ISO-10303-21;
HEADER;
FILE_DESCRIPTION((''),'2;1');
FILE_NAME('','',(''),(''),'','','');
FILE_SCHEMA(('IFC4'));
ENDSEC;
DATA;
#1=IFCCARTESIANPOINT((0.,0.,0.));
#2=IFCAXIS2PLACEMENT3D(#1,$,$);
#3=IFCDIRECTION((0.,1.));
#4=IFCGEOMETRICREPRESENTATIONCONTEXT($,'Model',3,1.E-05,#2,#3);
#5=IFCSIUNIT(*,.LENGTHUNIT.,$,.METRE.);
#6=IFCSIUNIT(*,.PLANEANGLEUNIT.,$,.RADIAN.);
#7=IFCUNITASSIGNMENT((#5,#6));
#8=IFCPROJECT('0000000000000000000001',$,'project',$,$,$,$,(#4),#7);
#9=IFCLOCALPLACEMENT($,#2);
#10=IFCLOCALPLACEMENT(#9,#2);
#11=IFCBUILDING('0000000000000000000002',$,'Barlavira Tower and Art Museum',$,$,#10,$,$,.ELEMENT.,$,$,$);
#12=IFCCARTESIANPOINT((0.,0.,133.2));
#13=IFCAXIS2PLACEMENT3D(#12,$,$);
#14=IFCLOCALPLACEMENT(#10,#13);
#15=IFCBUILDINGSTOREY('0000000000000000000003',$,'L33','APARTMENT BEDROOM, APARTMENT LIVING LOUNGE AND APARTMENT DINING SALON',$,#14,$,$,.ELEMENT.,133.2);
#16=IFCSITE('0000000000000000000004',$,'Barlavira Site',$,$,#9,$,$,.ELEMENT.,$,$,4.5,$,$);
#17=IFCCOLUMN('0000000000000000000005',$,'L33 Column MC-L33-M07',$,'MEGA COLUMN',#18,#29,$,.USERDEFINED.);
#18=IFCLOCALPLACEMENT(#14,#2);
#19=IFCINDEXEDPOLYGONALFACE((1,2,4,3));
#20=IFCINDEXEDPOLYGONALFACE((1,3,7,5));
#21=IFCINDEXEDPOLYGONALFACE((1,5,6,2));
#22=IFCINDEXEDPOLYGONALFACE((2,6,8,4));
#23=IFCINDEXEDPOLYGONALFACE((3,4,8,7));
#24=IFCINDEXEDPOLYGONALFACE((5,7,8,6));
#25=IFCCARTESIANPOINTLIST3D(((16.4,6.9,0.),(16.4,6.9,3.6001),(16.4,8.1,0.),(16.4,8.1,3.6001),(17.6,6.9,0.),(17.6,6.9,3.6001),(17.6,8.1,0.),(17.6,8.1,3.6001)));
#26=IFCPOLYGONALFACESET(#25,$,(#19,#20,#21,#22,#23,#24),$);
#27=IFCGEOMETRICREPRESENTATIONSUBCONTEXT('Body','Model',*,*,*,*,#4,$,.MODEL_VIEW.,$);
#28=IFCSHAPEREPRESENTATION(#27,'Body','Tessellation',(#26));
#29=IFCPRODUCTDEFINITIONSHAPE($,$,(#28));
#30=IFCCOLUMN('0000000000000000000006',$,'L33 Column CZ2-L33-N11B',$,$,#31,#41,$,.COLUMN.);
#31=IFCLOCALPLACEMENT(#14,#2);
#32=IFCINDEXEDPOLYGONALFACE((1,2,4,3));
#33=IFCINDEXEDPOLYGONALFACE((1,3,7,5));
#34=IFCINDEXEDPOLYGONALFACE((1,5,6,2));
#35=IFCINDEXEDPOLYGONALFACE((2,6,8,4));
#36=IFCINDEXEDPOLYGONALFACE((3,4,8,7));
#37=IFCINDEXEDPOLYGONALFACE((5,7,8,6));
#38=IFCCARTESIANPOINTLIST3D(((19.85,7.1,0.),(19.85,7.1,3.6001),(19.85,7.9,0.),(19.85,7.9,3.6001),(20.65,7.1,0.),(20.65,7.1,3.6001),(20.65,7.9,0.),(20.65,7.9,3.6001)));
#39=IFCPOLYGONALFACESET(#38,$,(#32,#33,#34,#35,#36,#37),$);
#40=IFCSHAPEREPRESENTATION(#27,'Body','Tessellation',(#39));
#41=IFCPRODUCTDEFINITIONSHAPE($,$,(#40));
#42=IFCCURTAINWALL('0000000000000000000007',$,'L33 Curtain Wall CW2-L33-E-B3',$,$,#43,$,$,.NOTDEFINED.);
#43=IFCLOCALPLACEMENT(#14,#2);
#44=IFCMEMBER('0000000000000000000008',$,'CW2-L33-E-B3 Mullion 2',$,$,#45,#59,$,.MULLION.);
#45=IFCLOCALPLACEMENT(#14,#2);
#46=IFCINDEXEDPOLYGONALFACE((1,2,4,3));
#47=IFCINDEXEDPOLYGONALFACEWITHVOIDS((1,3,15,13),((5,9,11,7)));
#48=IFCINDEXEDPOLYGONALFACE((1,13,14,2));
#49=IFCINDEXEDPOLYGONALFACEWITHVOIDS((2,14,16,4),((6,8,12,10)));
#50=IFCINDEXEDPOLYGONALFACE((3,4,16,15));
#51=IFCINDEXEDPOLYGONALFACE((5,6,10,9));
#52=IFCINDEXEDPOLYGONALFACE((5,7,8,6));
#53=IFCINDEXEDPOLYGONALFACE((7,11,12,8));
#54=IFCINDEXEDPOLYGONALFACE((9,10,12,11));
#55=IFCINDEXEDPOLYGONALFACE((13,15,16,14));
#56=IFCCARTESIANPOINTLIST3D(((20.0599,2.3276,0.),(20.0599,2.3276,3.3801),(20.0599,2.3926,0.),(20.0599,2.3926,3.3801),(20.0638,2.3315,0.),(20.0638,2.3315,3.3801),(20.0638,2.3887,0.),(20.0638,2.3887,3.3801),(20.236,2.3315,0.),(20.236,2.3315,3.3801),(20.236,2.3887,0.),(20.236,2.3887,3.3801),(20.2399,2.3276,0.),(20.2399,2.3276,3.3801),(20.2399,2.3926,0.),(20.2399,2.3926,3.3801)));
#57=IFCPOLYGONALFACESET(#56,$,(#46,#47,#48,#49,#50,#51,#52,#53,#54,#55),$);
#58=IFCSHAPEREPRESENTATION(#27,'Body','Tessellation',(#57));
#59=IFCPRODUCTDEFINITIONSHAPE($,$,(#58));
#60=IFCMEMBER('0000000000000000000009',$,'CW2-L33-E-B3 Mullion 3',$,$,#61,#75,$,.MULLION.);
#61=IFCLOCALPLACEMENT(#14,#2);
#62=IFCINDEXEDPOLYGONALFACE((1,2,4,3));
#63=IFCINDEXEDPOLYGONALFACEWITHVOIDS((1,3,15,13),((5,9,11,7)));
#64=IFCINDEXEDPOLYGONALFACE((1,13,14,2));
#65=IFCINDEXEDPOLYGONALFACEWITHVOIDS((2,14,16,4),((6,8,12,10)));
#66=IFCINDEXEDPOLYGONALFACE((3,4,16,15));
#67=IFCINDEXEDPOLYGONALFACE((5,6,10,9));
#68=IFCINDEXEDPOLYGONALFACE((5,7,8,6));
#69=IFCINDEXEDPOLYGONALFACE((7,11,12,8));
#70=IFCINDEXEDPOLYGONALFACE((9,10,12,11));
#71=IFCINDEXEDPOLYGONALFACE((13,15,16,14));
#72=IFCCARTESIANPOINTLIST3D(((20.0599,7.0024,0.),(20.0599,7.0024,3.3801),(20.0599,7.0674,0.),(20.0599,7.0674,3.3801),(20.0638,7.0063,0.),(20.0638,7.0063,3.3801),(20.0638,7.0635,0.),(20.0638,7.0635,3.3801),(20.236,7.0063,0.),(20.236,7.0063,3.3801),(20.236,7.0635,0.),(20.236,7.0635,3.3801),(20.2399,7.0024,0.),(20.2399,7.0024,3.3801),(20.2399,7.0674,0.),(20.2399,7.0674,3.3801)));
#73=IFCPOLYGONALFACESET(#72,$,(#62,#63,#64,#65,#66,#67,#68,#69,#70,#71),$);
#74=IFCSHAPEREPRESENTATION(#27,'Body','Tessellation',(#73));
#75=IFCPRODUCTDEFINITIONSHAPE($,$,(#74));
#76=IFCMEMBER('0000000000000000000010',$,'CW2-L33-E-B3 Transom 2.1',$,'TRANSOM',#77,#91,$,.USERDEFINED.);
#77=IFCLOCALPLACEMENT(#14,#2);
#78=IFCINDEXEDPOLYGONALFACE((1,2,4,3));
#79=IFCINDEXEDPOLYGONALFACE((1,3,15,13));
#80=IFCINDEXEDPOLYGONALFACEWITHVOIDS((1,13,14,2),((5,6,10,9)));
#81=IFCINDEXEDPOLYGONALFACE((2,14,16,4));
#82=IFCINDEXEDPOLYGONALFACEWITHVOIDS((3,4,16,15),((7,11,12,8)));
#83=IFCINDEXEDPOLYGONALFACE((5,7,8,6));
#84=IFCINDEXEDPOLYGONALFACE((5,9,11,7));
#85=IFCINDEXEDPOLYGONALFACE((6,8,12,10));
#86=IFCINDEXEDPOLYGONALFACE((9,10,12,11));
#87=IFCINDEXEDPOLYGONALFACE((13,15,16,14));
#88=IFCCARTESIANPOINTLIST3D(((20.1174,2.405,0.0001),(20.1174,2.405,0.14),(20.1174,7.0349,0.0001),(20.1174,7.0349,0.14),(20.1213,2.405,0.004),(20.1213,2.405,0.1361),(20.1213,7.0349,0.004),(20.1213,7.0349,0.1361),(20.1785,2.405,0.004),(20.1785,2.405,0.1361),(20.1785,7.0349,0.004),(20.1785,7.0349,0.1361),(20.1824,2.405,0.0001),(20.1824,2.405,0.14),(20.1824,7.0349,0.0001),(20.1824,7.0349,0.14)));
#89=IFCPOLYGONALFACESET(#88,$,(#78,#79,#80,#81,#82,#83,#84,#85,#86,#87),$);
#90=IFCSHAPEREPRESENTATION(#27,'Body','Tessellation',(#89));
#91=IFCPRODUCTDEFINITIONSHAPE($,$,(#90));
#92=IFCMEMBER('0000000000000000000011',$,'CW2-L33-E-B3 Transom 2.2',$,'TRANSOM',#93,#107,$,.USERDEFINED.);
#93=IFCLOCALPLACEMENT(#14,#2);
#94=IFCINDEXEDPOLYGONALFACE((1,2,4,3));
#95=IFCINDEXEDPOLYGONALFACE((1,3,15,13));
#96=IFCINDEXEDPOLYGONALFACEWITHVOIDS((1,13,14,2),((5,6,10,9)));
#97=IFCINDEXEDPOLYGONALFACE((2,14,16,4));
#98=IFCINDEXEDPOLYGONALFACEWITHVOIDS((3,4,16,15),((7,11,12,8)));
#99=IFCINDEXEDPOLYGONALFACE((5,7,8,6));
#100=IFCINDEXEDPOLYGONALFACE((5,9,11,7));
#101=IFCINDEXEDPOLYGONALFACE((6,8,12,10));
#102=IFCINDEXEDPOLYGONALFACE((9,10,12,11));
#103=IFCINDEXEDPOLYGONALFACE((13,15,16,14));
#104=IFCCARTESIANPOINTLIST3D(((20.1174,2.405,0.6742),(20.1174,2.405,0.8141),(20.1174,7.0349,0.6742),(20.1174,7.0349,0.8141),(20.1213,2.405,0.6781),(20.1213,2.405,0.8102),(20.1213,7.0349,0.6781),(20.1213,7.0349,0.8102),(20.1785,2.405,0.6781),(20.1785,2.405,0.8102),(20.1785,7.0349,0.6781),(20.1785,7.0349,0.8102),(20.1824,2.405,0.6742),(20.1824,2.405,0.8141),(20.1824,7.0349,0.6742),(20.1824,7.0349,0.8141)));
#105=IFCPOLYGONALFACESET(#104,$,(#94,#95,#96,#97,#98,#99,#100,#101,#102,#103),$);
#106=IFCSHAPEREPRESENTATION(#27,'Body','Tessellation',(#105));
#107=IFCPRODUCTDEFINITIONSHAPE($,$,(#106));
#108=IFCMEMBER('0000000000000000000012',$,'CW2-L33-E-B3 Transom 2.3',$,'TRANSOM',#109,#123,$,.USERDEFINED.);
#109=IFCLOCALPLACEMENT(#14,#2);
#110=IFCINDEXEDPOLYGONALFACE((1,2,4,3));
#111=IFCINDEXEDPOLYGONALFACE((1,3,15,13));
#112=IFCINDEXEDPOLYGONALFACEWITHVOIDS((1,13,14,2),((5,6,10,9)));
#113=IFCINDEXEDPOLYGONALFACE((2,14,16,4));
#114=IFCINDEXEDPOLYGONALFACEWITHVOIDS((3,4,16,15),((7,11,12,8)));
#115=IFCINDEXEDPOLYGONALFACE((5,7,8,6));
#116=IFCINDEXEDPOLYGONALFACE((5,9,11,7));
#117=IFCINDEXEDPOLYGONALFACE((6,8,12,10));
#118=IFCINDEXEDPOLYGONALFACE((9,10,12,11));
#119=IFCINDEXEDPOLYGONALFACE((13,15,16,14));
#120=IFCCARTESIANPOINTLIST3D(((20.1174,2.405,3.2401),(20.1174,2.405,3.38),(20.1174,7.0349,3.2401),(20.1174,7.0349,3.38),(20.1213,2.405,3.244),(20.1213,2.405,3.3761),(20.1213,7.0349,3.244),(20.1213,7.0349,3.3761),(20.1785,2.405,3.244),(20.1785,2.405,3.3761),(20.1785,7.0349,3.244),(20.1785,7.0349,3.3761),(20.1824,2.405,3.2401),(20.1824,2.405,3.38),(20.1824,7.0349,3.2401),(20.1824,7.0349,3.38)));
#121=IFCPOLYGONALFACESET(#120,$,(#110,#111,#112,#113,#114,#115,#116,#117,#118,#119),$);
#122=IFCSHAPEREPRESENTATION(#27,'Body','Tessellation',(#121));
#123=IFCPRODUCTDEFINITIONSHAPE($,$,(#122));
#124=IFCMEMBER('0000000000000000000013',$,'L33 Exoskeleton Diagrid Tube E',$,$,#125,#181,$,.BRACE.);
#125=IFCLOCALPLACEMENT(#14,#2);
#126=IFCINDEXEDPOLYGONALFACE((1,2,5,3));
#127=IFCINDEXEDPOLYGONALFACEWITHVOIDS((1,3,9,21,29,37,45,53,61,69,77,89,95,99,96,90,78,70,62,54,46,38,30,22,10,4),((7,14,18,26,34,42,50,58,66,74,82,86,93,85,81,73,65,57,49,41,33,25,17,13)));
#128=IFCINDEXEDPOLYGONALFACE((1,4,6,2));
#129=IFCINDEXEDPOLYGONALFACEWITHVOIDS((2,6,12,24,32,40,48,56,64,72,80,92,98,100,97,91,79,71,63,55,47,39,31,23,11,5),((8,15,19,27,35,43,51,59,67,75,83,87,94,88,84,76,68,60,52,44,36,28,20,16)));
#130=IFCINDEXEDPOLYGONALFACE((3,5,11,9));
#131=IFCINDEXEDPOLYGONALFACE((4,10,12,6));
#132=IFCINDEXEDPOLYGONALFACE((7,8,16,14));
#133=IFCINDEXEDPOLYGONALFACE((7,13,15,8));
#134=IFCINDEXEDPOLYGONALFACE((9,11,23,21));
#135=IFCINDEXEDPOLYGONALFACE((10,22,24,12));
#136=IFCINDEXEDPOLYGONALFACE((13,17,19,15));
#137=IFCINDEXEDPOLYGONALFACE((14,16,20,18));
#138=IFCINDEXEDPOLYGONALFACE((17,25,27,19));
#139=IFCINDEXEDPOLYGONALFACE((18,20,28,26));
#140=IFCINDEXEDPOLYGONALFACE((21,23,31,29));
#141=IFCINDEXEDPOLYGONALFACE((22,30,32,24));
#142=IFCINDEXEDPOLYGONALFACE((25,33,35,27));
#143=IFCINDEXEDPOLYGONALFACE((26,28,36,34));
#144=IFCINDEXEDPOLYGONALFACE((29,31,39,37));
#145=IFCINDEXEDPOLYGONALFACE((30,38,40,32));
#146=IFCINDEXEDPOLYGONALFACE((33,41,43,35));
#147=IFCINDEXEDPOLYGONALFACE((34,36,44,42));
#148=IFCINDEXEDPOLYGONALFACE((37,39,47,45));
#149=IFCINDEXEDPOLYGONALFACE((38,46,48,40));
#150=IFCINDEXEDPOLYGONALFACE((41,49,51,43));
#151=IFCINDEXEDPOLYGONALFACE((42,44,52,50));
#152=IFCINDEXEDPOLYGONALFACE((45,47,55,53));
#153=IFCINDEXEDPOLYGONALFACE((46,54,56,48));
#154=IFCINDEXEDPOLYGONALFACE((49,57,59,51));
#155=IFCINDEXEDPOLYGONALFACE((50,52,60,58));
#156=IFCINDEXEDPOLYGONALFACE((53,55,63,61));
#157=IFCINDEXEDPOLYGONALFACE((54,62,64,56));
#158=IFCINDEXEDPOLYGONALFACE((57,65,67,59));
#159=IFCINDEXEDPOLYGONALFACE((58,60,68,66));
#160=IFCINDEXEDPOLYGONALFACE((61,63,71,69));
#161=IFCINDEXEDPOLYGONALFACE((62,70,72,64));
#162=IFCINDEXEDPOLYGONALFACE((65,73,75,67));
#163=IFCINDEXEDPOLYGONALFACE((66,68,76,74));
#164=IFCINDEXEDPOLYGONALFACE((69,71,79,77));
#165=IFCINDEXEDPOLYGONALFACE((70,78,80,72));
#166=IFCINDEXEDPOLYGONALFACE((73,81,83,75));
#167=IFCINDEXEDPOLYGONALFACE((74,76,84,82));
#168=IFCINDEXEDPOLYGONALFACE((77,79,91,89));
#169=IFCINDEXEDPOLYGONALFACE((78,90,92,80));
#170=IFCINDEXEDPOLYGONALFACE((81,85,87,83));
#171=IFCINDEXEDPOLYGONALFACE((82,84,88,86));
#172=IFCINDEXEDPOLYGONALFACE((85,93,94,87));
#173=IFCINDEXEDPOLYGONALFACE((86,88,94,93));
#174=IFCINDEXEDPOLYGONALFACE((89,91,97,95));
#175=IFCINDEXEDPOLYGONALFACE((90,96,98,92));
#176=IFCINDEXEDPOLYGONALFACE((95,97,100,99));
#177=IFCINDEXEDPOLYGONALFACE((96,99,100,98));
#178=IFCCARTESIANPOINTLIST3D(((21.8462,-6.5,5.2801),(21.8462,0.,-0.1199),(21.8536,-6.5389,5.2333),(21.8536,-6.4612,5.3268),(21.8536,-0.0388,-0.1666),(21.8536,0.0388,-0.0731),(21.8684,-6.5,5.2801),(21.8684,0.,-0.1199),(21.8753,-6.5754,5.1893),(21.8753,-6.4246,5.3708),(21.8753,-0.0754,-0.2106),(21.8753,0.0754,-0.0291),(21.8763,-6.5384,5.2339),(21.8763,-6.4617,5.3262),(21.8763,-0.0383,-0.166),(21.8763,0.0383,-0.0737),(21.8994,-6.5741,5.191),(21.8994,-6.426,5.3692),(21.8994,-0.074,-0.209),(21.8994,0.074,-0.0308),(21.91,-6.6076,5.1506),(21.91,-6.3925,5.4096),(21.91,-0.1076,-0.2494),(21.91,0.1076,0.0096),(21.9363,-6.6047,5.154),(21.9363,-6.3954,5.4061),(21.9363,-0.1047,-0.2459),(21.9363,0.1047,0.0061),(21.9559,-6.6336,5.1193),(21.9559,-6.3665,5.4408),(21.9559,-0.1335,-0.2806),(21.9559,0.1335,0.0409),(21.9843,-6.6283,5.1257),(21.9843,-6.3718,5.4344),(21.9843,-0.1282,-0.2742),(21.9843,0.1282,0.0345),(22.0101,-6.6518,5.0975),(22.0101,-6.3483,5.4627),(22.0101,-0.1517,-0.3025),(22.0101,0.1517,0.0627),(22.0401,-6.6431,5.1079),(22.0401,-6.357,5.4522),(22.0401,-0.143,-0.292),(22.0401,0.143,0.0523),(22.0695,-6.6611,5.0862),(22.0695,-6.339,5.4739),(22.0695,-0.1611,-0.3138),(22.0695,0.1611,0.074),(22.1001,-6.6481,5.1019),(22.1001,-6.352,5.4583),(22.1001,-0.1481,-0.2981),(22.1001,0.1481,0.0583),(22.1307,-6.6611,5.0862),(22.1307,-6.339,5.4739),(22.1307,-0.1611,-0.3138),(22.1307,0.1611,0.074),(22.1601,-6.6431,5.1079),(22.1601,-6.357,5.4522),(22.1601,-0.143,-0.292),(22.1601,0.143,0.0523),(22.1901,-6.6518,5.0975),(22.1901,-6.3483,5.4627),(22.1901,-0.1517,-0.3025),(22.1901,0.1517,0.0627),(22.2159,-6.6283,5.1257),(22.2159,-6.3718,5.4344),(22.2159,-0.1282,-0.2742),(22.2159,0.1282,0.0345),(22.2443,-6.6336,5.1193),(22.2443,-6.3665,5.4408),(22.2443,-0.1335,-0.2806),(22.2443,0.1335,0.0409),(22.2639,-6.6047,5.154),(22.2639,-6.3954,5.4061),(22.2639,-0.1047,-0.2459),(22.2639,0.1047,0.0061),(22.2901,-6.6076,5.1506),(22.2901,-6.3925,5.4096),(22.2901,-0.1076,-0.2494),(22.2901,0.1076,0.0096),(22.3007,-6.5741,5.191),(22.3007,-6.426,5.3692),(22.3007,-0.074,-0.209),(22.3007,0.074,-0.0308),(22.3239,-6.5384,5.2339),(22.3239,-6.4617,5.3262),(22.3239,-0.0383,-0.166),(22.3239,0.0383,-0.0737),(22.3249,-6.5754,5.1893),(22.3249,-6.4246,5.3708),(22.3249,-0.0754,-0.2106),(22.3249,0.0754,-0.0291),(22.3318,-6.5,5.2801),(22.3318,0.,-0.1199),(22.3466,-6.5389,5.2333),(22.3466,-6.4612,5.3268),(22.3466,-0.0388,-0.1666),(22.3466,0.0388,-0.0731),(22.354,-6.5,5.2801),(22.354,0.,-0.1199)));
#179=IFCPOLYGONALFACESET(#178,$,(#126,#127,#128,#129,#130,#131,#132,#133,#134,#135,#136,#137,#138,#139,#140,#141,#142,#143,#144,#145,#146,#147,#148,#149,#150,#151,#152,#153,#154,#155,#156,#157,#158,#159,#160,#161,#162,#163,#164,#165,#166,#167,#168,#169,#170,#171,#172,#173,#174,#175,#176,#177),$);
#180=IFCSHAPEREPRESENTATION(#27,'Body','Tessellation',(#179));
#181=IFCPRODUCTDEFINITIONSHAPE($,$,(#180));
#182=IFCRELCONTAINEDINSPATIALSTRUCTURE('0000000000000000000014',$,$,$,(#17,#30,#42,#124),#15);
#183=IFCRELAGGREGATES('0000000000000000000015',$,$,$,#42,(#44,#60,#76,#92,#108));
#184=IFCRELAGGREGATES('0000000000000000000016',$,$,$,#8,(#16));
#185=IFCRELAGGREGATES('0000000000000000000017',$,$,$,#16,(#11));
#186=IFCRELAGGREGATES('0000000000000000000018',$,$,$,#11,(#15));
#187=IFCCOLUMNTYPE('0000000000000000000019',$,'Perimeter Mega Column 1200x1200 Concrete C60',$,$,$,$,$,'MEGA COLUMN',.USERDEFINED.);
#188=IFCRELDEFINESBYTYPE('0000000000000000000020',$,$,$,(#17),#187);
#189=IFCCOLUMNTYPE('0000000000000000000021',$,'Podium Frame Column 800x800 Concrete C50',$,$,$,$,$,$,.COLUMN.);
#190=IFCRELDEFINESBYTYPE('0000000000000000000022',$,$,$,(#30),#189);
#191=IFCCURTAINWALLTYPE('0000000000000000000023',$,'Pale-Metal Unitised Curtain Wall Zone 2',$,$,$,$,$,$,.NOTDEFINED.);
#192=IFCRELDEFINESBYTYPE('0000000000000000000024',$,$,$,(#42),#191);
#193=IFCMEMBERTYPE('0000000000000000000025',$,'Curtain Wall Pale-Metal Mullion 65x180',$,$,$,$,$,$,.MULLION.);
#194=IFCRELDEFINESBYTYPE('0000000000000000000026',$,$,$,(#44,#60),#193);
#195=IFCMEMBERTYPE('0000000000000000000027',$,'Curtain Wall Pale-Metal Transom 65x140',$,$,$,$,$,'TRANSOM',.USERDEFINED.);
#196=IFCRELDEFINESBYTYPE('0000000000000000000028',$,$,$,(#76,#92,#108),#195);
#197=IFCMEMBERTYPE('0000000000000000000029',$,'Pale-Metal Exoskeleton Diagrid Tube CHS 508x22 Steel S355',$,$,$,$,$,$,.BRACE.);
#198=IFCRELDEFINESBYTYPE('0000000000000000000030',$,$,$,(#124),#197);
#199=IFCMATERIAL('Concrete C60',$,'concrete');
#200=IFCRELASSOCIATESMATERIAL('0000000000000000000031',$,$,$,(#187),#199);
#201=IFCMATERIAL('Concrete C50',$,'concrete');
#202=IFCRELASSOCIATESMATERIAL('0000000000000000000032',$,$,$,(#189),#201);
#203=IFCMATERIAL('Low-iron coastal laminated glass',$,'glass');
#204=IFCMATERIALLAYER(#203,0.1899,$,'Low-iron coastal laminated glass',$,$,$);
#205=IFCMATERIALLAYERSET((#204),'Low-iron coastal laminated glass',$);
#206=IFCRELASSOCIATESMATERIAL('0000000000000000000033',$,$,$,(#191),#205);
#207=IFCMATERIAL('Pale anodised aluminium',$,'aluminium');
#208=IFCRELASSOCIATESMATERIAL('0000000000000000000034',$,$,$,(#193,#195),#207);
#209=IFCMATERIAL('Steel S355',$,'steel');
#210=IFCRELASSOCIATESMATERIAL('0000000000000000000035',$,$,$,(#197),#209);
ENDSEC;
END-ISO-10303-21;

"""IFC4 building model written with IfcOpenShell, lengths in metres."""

from ifc_helpers import new_model, si_unit, direction, frame, origin, origin_2d, place, context, subcontext, project, spatial, rectangle, hollow_rectangle, hollow_circle, extrude, material, layer, layer_set, material_profile, profile_set, type_object, element, aggregate, save


model = new_model("IFC4")

# Units and contexts
model_context = context("Model", 3, precision=1e-05, world=origin(), true_north=direction((0.0, 1.0)))
body_context = subcontext(model_context, "Body", "Model", "MODEL_VIEW")
ifc_project = project(units=[si_unit("LENGTHUNIT", "METRE"), si_unit("PLANEANGLEUNIT", "RADIAN")], contexts=[model_context])

# Site, building, storey
site_placement = place(None, origin())
site = spatial("IfcSite", under=ifc_project, at=site_placement, Name="Barlavira Site", CompositionType="ELEMENT", RefElevation=4.5)
building_placement = place(site_placement, origin())
building = spatial("IfcBuilding", under=site, at=building_placement, Name="Barlavira Tower and Art Museum", CompositionType="ELEMENT")
storey_placement = place(building_placement, frame((0.0, 0.0, 133.2)))
storey = spatial("IfcBuildingStorey", under=building, at=storey_placement, Name="L33", Description="APARTMENT BEDROOM, APARTMENT LIVING LOUNGE AND APARTMENT DINING SALON", CompositionType="ELEMENT", Elevation=133.2)

# Columns
ifc_material_1 = material(Name="Concrete C60", Category="concrete")
ifc_material_profile_1 = material_profile(ifc_material_1, rectangle(XDim=1.2, YDim=1.2, at=origin_2d()), Name="RC-COL 1200x1200")
ifc_profile_set_1 = profile_set([ifc_material_profile_1], Name="Concrete C60")
column_type_1 = type_object("IfcColumnType", Name="Perimeter Mega Column 1200x1200 Concrete C60", ElementType="MEGA COLUMN", PredefinedType="USERDEFINED", material=ifc_profile_set_1)
column_1_placement = place(storey_placement, frame((17.0, 7.5, 0.0), z_axis=(0.0, 0.0, 1.0), x_axis=(1.0, 0.0, 0.0)))
element("IfcColumn", 1, at=column_1_placement, inside=storey, type_object=column_type_1, Name="L33 Column MC-L33-M07", ObjectType="MEGA COLUMN", PredefinedType="USERDEFINED", context=body_context, shape_type="SweptSolid", body=[
    extrude(rectangle(XDim=1.2, YDim=1.2, at=origin_2d()), origin(), (0.0, 0.0, 1.0), 3.6001),
])
ifc_material_2 = material(Name="Concrete C50", Category="concrete")
ifc_material_profile_2 = material_profile(ifc_material_2, rectangle(XDim=0.8, YDim=0.8, at=origin_2d()), Name="RC-COL 800x800")
ifc_profile_set_2 = profile_set([ifc_material_profile_2], Name="Concrete C50")
column_type_2 = type_object("IfcColumnType", Name="Podium Frame Column 800x800 Concrete C50", PredefinedType="COLUMN", material=ifc_profile_set_2)
column_2_placement = place(storey_placement, frame((20.25, 7.5, 0.0), z_axis=(0.0, 0.0, 1.0), x_axis=(1.0, 0.0, 0.0)))
element("IfcColumn", 2, at=column_2_placement, inside=storey, type_object=column_type_2, Name="L33 Column CZ2-L33-N11B", PredefinedType="COLUMN", context=body_context, shape_type="SweptSolid", body=[
    extrude(rectangle(XDim=0.8, YDim=0.8, at=origin_2d()), origin(), (0.0, 0.0, 1.0), 3.6001),
])

# Curtain wall, members
ifc_material_3 = material(Name="Low-iron coastal laminated glass", Category="glass")
ifc_layer_1 = layer(ifc_material_3, 0.1899, Name="Low-iron coastal laminated glass")
ifc_layer_set_1 = layer_set([ifc_layer_1], Name="Low-iron coastal laminated glass")
curtain_wall_type = type_object("IfcCurtainWallType", Name="Pale-Metal Unitised Curtain Wall Zone 2", PredefinedType="NOTDEFINED", material=ifc_layer_set_1)
curtain_wall_placement = place(storey_placement, origin())
curtain_wall = element("IfcCurtainWall", 3, at=curtain_wall_placement, inside=storey, type_object=curtain_wall_type, Name="L33 Curtain Wall CW2-L33-E-B3", PredefinedType="NOTDEFINED")
ifc_material_4 = material(Name="Pale anodised aluminium", Category="aluminium")
ifc_material_profile_3 = material_profile(ifc_material_4, hollow_rectangle(XDim=0.0649, YDim=0.1799, WallThickness=0.0039, at=origin_2d()), Name="ALU-MULL 65x180x4")
ifc_profile_set_3 = profile_set([ifc_material_profile_3], Name="Pale anodised aluminium")
member_type_1 = type_object("IfcMemberType", Name="Curtain Wall Pale-Metal Mullion 65x180", PredefinedType="MULLION", material=ifc_profile_set_3)
member_1_placement = place(storey_placement, frame((20.1499, 2.3601, 0.0), z_axis=(0.0, 0.0, 1.0), x_axis=(0.0, 1.0, 0.0)))
member_1 = element("IfcMember", 4, at=member_1_placement, type_object=member_type_1, Name="CW2-L33-E-B3 Mullion 2", PredefinedType="MULLION", context=body_context, shape_type="SweptSolid", body=[
    extrude(hollow_rectangle(XDim=0.0649, YDim=0.1799, WallThickness=0.0039, at=origin_2d()), origin(), (0.0, 0.0, 1.0), 3.3801),
])
member_2_placement = place(storey_placement, frame((20.1499, 7.0349, 0.0), z_axis=(0.0, 0.0, 1.0), x_axis=(0.0, 1.0, 0.0)))
member_2 = element("IfcMember", 5, at=member_2_placement, type_object=member_type_1, Name="CW2-L33-E-B3 Mullion 3", PredefinedType="MULLION", context=body_context, shape_type="SweptSolid", body=[
    extrude(hollow_rectangle(XDim=0.0649, YDim=0.1799, WallThickness=0.0039, at=origin_2d()), origin(), (0.0, 0.0, 1.0), 3.3801),
])
ifc_material_profile_4 = material_profile(ifc_material_4, hollow_rectangle(XDim=0.0649, YDim=0.1399, WallThickness=0.0039, at=origin_2d()), Name="ALU-TRAN 65x140x4")
ifc_profile_set_4 = profile_set([ifc_material_profile_4], Name="Pale anodised aluminium")
member_type_2 = type_object("IfcMemberType", Name="Curtain Wall Pale-Metal Transom 65x140", ElementType="TRANSOM", PredefinedType="USERDEFINED", material=ifc_profile_set_4)
member_3_placement = place(storey_placement, frame((20.1499, 2.405, 0.0701), z_axis=(0.0, 1.0, 0.0), x_axis=(-1.0, 0.0, 0.0)))
member_3 = element("IfcMember", 6, at=member_3_placement, type_object=member_type_2, Name="CW2-L33-E-B3 Transom 2.1", ObjectType="TRANSOM", PredefinedType="USERDEFINED", context=body_context, shape_type="SweptSolid", body=[
    extrude(hollow_rectangle(XDim=0.0649, YDim=0.1399, WallThickness=0.0039, at=origin_2d()), origin(), (0.0, 0.0, 1.0), 4.6299),
])
member_4_placement = place(storey_placement, frame((20.1499, 2.405, 0.7441), z_axis=(0.0, 1.0, 0.0), x_axis=(-1.0, 0.0, 0.0)))
member_4 = element("IfcMember", 7, at=member_4_placement, type_object=member_type_2, Name="CW2-L33-E-B3 Transom 2.2", ObjectType="TRANSOM", PredefinedType="USERDEFINED", context=body_context, shape_type="SweptSolid", body=[
    extrude(hollow_rectangle(XDim=0.0649, YDim=0.1399, WallThickness=0.0039, at=origin_2d()), origin(), (0.0, 0.0, 1.0), 4.6299),
])
member_5_placement = place(storey_placement, frame((20.1499, 2.405, 3.3101), z_axis=(0.0, 1.0, 0.0), x_axis=(-1.0, 0.0, 0.0)))
member_5 = element("IfcMember", 8, at=member_5_placement, type_object=member_type_2, Name="CW2-L33-E-B3 Transom 2.3", ObjectType="TRANSOM", PredefinedType="USERDEFINED", context=body_context, shape_type="SweptSolid", body=[
    extrude(hollow_rectangle(XDim=0.0649, YDim=0.1399, WallThickness=0.0039, at=origin_2d()), origin(), (0.0, 0.0, 1.0), 4.6299),
])

# Member
ifc_material_5 = material(Name="Steel S355", Category="steel")
ifc_material_profile_5 = material_profile(ifc_material_5, hollow_circle(Radius=0.2539, WallThickness=0.0222, at=origin_2d()), Name="CHS 508.0x22.2")
ifc_profile_set_5 = profile_set([ifc_material_profile_5], Name="Steel S355")
member_type_3 = type_object("IfcMemberType", Name="Pale-Metal Exoskeleton Diagrid Tube CHS 508x22 Steel S355", PredefinedType="BRACE", material=ifc_profile_set_5)
for number, where, z_axis, x_axis, name in (
    (9, (22.1001, 0.0, -0.1199), (0.0, -0.769196, 0.639013), (1.0, 0.0, 0.0), "L33 Exoskeleton Diagrid Tube E"),
):
    element("IfcMember", number, at=place(storey_placement, frame(where, z_axis=z_axis, x_axis=x_axis)), inside=storey, type_object=member_type_3, Name=name, PredefinedType="BRACE", context=body_context, shape_type="SweptSolid", body=[
        extrude(hollow_circle(Radius=0.2539, WallThickness=0.0222, at=origin_2d()), origin(), (0.0, 0.0, 1.0), 8.4504),
    ])

aggregate(curtain_wall, [member_1, member_2, member_3, member_4, member_5])

save(model, "model.ifc")
